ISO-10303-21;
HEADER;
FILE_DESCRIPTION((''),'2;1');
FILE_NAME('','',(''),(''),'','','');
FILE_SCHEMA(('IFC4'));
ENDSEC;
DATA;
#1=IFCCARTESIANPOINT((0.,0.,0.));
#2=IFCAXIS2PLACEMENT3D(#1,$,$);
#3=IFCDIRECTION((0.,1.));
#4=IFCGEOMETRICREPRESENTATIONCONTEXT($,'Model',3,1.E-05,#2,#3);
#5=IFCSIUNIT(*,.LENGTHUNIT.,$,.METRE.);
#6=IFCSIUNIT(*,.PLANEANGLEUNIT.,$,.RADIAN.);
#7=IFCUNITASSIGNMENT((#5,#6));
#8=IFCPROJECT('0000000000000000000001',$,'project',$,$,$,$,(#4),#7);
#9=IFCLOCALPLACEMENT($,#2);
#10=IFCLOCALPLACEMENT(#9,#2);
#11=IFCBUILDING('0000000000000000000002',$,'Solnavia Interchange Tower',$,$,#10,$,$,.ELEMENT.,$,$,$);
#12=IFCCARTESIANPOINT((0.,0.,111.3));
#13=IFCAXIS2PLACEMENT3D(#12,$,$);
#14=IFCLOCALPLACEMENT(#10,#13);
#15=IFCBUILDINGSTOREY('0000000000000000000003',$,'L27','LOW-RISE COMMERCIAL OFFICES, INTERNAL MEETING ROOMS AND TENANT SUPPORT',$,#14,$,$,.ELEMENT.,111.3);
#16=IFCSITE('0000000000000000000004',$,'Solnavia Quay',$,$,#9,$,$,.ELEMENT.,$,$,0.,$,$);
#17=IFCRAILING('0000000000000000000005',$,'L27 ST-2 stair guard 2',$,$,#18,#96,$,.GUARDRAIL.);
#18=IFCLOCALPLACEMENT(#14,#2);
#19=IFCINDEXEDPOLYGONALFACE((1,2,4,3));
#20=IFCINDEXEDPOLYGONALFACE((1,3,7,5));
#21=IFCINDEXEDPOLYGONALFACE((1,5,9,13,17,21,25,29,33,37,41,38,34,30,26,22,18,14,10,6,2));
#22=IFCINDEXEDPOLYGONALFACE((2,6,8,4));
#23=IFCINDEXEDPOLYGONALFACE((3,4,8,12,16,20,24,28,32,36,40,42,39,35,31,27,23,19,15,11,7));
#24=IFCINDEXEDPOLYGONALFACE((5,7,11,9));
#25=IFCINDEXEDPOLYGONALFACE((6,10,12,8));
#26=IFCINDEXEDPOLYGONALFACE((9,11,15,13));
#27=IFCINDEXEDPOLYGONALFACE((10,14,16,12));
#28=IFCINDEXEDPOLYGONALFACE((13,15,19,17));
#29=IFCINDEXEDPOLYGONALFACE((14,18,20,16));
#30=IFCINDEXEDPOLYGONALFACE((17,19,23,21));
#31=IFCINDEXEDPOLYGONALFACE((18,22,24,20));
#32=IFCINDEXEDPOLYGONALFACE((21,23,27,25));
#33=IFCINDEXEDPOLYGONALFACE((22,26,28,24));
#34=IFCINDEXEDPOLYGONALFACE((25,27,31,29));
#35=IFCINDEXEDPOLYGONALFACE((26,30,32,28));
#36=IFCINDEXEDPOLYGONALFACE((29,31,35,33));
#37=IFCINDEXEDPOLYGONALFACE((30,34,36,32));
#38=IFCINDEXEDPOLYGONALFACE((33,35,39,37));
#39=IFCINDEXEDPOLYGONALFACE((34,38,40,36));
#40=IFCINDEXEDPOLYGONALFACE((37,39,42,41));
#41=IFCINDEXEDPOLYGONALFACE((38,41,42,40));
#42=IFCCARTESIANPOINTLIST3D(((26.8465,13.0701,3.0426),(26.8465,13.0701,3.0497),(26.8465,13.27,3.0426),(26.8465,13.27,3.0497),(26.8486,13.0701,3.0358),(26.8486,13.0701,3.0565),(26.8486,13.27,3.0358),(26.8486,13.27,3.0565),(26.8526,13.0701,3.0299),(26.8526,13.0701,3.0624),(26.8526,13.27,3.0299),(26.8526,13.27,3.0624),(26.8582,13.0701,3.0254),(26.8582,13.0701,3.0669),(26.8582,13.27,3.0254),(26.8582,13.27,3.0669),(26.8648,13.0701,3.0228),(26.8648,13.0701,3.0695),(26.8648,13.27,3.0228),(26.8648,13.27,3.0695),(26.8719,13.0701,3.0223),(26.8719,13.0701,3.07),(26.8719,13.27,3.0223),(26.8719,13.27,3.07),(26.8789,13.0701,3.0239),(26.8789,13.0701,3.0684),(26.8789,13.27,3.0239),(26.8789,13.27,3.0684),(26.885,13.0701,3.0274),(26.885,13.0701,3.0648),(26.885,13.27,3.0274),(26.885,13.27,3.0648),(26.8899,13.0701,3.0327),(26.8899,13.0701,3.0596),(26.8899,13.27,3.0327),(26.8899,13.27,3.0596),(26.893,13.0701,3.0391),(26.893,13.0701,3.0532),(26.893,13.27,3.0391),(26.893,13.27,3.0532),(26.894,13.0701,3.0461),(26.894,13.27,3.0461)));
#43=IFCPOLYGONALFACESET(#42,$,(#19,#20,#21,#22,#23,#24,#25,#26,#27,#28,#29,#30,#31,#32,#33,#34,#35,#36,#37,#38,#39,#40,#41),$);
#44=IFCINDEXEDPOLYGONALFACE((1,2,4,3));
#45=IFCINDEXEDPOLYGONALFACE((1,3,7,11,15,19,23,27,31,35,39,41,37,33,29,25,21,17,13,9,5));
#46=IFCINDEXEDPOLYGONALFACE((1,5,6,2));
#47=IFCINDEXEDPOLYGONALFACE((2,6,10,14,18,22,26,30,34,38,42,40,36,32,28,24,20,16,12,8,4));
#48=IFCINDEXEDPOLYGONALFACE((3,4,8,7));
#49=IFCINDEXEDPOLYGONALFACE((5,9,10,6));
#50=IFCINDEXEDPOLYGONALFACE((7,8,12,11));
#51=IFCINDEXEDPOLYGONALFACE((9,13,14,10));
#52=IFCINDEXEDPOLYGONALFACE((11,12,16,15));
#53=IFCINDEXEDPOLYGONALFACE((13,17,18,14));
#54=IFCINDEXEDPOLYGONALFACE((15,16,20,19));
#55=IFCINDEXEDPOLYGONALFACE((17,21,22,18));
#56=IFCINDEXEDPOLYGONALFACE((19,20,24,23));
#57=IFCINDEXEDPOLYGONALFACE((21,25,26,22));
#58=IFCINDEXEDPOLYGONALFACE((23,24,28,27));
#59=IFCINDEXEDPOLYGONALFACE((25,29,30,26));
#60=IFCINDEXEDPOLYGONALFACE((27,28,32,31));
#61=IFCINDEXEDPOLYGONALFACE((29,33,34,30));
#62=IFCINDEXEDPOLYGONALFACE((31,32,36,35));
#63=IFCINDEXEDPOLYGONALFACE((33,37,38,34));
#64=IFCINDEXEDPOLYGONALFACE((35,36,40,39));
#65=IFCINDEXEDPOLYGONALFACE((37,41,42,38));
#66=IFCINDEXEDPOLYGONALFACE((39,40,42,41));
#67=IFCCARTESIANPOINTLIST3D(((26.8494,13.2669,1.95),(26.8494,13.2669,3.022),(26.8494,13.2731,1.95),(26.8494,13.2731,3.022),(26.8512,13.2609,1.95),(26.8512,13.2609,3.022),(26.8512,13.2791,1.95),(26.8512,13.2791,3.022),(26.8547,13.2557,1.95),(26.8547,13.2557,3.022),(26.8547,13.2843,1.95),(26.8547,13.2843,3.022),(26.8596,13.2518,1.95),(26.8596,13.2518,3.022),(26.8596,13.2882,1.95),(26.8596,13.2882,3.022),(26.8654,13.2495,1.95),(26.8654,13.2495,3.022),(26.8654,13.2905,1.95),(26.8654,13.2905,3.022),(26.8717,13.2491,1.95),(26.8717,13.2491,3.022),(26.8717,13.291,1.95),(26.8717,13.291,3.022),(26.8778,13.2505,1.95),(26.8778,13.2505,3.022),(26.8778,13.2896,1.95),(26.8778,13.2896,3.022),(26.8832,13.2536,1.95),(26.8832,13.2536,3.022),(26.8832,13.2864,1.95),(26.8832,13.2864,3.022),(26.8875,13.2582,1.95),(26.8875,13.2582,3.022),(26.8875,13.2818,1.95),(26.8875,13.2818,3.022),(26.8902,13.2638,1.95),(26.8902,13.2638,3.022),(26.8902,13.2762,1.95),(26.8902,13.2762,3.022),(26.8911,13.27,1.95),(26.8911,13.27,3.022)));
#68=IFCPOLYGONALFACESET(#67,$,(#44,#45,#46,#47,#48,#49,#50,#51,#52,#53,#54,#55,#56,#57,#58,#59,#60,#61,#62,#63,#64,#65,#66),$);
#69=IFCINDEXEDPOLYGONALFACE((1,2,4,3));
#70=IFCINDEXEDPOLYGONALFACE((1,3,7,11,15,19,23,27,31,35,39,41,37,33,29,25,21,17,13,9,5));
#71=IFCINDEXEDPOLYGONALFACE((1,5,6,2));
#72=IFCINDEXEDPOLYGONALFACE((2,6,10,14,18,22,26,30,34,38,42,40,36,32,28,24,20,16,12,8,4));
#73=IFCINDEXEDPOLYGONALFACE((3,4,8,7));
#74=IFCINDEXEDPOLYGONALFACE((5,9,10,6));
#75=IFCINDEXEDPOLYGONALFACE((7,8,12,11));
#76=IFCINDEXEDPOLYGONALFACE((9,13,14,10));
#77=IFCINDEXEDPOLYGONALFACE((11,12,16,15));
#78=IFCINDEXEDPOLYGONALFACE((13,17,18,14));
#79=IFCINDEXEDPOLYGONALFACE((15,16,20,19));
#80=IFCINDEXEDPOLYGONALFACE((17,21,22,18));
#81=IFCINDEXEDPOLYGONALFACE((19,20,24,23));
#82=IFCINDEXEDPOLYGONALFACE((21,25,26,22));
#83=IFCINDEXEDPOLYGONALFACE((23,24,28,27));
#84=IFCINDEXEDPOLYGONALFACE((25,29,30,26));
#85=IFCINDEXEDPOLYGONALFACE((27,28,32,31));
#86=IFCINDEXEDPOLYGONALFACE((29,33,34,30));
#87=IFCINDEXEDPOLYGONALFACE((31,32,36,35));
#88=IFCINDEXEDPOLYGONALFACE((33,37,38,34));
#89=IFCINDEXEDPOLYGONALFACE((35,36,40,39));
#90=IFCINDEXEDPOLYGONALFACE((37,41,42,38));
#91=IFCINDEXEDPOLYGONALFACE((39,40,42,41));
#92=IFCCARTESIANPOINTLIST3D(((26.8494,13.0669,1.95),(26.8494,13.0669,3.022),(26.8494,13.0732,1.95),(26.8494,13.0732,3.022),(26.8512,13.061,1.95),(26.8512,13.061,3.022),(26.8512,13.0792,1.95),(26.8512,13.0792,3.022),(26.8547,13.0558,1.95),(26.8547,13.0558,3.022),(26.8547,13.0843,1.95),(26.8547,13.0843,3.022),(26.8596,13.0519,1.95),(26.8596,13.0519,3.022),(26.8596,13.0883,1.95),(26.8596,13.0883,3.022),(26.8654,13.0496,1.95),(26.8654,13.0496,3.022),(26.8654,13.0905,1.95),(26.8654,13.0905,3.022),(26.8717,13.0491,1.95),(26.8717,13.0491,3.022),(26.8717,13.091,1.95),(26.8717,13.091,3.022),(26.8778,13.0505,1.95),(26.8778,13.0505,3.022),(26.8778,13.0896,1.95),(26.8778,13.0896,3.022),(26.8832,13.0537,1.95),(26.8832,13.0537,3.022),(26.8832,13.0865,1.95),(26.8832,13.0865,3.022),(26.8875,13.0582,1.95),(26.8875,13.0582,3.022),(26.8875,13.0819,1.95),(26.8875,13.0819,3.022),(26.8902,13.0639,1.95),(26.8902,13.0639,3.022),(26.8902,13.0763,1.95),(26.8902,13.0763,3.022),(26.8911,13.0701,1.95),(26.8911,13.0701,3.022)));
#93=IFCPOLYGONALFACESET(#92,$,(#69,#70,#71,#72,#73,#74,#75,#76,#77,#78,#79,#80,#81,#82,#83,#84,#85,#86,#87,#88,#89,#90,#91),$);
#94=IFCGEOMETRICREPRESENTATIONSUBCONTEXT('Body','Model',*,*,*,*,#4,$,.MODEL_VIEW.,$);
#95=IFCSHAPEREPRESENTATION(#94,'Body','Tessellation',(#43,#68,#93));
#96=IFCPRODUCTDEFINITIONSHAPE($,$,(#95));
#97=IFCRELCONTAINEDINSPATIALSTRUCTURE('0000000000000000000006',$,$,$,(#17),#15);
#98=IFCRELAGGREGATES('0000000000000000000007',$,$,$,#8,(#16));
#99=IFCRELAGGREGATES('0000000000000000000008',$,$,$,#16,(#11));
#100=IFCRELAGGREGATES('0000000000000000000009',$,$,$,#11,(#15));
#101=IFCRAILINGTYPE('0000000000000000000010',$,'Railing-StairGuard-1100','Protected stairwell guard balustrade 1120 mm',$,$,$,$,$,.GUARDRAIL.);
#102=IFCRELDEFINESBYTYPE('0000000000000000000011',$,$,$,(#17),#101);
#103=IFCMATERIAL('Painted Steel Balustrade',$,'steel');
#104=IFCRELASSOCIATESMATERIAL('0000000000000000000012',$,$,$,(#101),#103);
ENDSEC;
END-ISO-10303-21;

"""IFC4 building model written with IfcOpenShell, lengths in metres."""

from ifc_helpers import new_model, si_unit, direction, frame, origin, origin_2d, place, context, subcontext, project, spatial, circle, extrude, material, type_object, element, save


model = new_model("IFC4")

# Units and contexts
model_context = context("Model", 3, precision=1e-05, world=origin(), true_north=direction((0.0, 1.0)))
body_context = subcontext(model_context, "Body", "Model", "MODEL_VIEW")
ifc_project = project(units=[si_unit("LENGTHUNIT", "METRE"), si_unit("PLANEANGLEUNIT", "RADIAN")], contexts=[model_context])

# Site, building, storey
site_placement = place(None, origin())
site = spatial("IfcSite", under=ifc_project, at=site_placement, Name="Solnavia Quay", CompositionType="ELEMENT", RefElevation=0.0)
building_placement = place(site_placement, origin())
building = spatial("IfcBuilding", under=site, at=building_placement, Name="Solnavia Interchange Tower", CompositionType="ELEMENT")
storey_placement = place(building_placement, frame((0.0, 0.0, 111.3)))
storey = spatial("IfcBuildingStorey", under=building, at=storey_placement, Name="L27", Description="LOW-RISE COMMERCIAL OFFICES, INTERNAL MEETING ROOMS AND TENANT SUPPORT", CompositionType="ELEMENT", Elevation=111.3)

# Railing
ifc_material_1 = material(Name="Painted Steel Balustrade", Category="steel")
railing_type_1 = type_object("IfcRailingType", Name="Railing-StairGuard-1100", Description="Protected stairwell guard balustrade 1120 mm", PredefinedType="GUARDRAIL", material=ifc_material_1)
railing_1_placement = place(storey_placement, frame((26.8701, 13.27, 1.95)))
element("IfcRailing", 1, at=railing_1_placement, inside=storey, type_object=railing_type_1, Name="L27 ST-2 stair guard 2", PredefinedType="GUARDRAIL", context=body_context, shape_type="SweptSolid", body=[
    extrude(circle(Radius=0.0239, at=origin_2d()), frame((0.0, 0.0, 1.0962), z_axis=(0.0, -1.0, 0.0), x_axis=(1.0, 0.0, 0.0)), (0.0, 0.0, 1.0), 0.2),
    extrude(circle(Radius=0.021, at=origin_2d()), origin(), (0.0, 0.0, 1.0), 1.072),
    extrude(circle(Radius=0.021, at=origin_2d()), frame((0.0, -0.2, 0.0)), (0.0, 0.0, 1.0), 1.072),
])

save(model, "model.ifc")
